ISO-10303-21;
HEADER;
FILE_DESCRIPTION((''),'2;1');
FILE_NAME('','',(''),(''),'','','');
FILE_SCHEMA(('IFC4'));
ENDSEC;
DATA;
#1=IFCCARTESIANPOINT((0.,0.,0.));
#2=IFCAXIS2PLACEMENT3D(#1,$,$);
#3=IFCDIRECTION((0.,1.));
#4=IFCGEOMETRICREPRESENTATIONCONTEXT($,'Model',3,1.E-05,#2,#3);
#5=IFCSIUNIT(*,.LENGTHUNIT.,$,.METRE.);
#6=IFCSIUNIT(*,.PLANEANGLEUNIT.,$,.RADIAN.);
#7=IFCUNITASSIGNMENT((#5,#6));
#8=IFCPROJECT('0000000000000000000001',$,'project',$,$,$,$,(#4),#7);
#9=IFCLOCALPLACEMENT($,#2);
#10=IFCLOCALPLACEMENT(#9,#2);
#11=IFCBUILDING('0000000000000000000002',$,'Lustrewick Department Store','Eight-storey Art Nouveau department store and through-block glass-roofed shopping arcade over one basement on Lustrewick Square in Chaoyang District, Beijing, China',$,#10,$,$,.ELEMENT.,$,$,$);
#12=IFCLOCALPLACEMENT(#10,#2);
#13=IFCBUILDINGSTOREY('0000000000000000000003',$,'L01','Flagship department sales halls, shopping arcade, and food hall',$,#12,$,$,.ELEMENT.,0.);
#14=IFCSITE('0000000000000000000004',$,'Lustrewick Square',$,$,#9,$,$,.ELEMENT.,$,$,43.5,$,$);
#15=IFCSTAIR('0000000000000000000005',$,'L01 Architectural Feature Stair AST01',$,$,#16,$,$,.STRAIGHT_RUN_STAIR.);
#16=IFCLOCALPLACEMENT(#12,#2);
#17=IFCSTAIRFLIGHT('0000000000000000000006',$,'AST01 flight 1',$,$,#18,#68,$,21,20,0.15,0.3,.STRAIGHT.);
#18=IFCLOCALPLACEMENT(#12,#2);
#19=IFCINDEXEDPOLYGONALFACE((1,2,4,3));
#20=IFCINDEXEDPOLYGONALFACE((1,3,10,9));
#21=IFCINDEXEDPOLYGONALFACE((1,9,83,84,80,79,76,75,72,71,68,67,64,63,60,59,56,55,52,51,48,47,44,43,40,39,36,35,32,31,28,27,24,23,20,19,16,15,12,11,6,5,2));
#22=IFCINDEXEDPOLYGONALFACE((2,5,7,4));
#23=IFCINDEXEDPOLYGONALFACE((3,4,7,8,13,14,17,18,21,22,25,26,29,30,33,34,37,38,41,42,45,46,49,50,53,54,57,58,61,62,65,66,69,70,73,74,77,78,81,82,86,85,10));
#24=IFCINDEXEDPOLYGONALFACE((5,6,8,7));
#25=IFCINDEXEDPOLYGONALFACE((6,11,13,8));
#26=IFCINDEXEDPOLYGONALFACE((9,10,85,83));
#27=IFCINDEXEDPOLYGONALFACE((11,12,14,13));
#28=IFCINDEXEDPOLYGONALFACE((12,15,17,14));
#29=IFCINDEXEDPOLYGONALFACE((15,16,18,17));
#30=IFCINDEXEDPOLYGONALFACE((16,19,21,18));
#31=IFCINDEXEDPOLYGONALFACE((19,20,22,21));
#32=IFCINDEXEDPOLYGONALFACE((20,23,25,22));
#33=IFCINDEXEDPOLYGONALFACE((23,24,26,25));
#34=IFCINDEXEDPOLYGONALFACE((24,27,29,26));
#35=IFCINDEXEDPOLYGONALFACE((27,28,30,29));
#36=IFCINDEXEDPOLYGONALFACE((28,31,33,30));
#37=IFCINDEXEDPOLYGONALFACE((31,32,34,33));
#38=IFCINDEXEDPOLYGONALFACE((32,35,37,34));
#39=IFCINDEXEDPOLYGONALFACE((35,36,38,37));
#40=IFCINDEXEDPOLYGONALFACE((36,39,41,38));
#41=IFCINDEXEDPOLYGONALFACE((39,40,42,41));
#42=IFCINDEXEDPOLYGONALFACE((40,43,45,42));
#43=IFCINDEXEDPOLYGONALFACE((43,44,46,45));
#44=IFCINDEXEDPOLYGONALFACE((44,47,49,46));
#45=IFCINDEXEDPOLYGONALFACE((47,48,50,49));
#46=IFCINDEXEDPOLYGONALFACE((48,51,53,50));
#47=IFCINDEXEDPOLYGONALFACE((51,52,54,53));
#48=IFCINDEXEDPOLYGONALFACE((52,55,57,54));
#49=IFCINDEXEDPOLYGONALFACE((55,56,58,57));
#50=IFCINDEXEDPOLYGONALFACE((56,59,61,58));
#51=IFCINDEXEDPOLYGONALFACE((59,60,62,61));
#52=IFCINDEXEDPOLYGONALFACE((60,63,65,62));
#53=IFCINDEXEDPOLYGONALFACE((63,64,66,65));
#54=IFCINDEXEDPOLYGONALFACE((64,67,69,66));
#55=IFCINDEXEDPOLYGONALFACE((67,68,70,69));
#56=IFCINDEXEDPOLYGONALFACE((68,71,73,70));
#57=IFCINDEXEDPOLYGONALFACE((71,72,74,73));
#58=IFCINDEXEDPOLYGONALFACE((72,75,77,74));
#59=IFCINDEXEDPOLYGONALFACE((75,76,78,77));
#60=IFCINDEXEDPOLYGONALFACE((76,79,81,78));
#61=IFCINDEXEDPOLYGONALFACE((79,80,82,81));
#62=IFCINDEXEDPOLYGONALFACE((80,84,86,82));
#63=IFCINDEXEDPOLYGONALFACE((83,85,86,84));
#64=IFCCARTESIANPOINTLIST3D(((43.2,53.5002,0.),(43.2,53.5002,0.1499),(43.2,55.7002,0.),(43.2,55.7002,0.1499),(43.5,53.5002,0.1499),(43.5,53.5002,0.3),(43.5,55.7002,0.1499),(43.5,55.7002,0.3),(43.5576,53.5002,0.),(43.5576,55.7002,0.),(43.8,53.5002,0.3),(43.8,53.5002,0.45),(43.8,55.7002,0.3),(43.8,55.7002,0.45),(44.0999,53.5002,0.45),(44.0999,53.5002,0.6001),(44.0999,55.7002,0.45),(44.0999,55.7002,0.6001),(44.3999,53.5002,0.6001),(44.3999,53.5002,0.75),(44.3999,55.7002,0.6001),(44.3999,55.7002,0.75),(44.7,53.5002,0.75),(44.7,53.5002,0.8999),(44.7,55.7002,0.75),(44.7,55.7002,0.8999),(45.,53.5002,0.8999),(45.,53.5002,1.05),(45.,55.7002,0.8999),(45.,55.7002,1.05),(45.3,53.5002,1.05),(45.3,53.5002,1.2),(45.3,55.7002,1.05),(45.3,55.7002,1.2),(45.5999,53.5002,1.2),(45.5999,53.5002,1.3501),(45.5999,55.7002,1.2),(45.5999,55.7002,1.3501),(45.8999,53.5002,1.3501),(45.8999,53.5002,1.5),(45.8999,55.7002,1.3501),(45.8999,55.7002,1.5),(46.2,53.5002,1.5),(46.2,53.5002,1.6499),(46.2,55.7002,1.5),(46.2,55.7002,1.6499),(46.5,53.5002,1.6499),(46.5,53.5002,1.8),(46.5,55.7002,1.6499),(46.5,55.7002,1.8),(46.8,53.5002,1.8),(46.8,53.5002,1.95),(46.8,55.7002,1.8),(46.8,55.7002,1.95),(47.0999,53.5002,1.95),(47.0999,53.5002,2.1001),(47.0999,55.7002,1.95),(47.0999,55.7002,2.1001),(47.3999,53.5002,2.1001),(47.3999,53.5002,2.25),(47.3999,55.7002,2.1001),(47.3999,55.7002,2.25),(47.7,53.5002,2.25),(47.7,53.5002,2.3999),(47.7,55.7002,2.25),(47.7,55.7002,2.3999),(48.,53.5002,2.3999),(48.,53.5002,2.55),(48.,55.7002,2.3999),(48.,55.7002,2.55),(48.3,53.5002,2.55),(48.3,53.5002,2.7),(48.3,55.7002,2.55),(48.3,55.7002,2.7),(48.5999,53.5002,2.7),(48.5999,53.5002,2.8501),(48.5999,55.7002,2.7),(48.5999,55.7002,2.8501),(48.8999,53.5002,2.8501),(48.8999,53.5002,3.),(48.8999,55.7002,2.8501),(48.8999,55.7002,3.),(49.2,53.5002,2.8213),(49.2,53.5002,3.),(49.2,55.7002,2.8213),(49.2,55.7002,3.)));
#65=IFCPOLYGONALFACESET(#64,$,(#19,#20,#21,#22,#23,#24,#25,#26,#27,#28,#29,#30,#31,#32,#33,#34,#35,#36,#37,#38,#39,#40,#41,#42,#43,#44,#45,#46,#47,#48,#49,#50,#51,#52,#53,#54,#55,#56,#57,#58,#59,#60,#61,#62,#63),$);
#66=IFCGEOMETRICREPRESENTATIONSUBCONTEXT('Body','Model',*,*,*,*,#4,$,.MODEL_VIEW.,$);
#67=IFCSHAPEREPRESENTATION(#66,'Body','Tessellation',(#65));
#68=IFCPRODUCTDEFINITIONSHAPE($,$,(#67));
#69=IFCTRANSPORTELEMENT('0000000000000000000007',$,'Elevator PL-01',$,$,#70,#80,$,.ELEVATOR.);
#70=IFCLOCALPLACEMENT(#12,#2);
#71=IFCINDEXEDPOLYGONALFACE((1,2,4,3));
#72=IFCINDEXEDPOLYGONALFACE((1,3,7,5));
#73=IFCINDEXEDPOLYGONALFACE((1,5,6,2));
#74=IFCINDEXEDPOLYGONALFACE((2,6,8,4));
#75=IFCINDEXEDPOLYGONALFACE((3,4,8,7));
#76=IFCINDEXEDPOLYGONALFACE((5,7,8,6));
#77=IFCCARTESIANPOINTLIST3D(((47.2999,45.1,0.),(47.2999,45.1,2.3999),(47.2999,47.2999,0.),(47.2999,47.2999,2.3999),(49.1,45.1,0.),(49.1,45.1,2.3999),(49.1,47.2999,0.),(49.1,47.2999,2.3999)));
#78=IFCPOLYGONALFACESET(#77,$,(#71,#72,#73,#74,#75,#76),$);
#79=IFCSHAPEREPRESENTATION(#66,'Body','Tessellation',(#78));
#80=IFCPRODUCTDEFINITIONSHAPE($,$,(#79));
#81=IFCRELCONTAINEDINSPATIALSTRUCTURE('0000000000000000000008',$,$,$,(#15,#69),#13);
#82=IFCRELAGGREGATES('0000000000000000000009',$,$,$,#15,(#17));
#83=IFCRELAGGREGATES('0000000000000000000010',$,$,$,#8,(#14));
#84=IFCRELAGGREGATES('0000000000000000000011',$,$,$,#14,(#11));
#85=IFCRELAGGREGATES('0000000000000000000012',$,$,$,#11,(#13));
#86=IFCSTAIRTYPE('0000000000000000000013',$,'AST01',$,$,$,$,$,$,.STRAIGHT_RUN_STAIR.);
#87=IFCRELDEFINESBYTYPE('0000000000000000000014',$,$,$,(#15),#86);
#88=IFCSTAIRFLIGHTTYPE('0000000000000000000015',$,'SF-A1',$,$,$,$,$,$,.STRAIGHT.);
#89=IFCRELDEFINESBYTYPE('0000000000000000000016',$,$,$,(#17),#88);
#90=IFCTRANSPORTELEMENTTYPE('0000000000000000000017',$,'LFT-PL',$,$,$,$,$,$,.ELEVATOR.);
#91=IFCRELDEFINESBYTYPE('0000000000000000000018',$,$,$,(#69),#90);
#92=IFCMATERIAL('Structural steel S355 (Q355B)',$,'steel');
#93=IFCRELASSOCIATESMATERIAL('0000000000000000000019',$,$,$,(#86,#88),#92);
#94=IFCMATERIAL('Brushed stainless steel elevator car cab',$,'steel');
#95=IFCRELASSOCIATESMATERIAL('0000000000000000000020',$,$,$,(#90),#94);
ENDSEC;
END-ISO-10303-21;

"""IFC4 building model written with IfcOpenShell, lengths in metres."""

from ifc_helpers import new_model, si_unit, direction, frame, origin, origin_2d, place, context, subcontext, project, spatial, polyline, rectangle, outline, extrude, material, type_object, element, aggregate, save


model = new_model("IFC4")

# Units and contexts
model_context = context("Model", 3, precision=1e-05, world=origin(), true_north=direction((0.0, 1.0)))
body_context = subcontext(model_context, "Body", "Model", "MODEL_VIEW")
ifc_project = project(units=[si_unit("LENGTHUNIT", "METRE"), si_unit("PLANEANGLEUNIT", "RADIAN")], contexts=[model_context])

# Site, building, storey
site_placement = place(None, origin())
site = spatial("IfcSite", under=ifc_project, at=site_placement, Name="Lustrewick Square", CompositionType="ELEMENT", RefElevation=43.5)
building_placement = place(site_placement, origin())
building = spatial("IfcBuilding", under=site, at=building_placement, Name="Lustrewick Department Store", Description="Eight-storey Art Nouveau department store and through-block glass-roofed shopping arcade over one basement on Lustrewick Square in Chaoyang District, Beijing, China", CompositionType="ELEMENT")
storey_placement = place(building_placement, origin())
storey = spatial("IfcBuildingStorey", under=building, at=storey_placement, Name="L01", Description="Flagship department sales halls, shopping arcade, and food hall", CompositionType="ELEMENT", Elevation=0.0)

# Stair, stair flight
ifc_material_1 = material(Name="Structural steel S355 (Q355B)", Category="steel")
stair_type = type_object("IfcStairType", Name="AST01", PredefinedType="STRAIGHT_RUN_STAIR", material=ifc_material_1)
stair_placement = place(storey_placement, origin())
stair = element("IfcStair", 1, at=stair_placement, inside=storey, type_object=stair_type, Name="L01 Architectural Feature Stair AST01", PredefinedType="STRAIGHT_RUN_STAIR")
stair_flight_type = type_object("IfcStairFlightType", Name="SF-A1", PredefinedType="STRAIGHT", material=ifc_material_1)
stair_flight_placement = place(storey_placement, frame((43.2, 54.6001, 0.0), z_axis=(0.0, 0.0, 1.0), x_axis=(1.0, 0.0, 0.0)))
stair_flight = element("IfcStairFlight", 2, at=stair_flight_placement, type_object=stair_flight_type, Name="AST01 flight 1", NumberOfRisers=21, NumberOfTreads=20, PredefinedType="STRAIGHT", RiserHeight=0.15, TreadLength=0.3, context=body_context, shape_type="SweptSolid", body=[
    extrude(outline(polyline([(0.0, 0.0), (0.0, 0.1499), (0.3, 0.1499), (0.3, 0.3), (0.6001, 0.3), (0.6001, 0.45), (0.8999, 0.45), (0.8999, 0.6001), (1.2, 0.6001), (1.2, 0.75), (1.5, 0.75), (1.5, 0.8999), (1.8, 0.8999), (1.8, 1.05), (2.1001, 1.05), (2.1001, 1.2), (2.3999, 1.2), (2.3999, 1.3501), (2.7, 1.3501), (2.7, 1.5), (3.0, 1.5), (3.0, 1.6499), (3.3, 1.6499), (3.3, 1.8), (3.6001, 1.8), (3.6001, 1.95), (3.8999, 1.95), (3.8999, 2.1001), (4.2, 2.1001), (4.2, 2.25), (4.5, 2.25), (4.5, 2.3999), (4.8, 2.3999), (4.8, 2.55), (5.1001, 2.55), (5.1001, 2.7), (5.3999, 2.7), (5.3999, 2.8501), (5.7, 2.8501), (5.7, 3.0), (6.0, 3.0), (6.0, 3.1499), (6.0, 2.8213), (0.3577, 0.0), (0.0, 0.0)])), frame((0.0, 1.1001, 0.0), z_axis=(0.0, -1.0, 0.0), x_axis=(1.0, 0.0, 0.0)), (0.0, 0.0, 1.0), 2.2),
])
aggregate(stair, [stair_flight])

# Transport element
ifc_material_2 = material(Name="Brushed stainless steel elevator car cab", Category="steel")
transport_element_type = type_object("IfcTransportElementType", Name="LFT-PL", PredefinedType="ELEVATOR", material=ifc_material_2)
transport_element_placement = place(storey_placement, frame((48.2, 46.2, 0.0), z_axis=(0.0, 0.0, 1.0), x_axis=(1.0, 0.0, 0.0)))
element("IfcTransportElement", 3, at=transport_element_placement, inside=storey, type_object=transport_element_type, Name="Elevator PL-01", PredefinedType="ELEVATOR", context=body_context, shape_type="SweptSolid", body=[
    extrude(rectangle(XDim=1.8, YDim=2.2, at=origin_2d()), origin(), (0.0, 0.0, 1.0), 2.3999),
])

save(model, "model.ifc")
